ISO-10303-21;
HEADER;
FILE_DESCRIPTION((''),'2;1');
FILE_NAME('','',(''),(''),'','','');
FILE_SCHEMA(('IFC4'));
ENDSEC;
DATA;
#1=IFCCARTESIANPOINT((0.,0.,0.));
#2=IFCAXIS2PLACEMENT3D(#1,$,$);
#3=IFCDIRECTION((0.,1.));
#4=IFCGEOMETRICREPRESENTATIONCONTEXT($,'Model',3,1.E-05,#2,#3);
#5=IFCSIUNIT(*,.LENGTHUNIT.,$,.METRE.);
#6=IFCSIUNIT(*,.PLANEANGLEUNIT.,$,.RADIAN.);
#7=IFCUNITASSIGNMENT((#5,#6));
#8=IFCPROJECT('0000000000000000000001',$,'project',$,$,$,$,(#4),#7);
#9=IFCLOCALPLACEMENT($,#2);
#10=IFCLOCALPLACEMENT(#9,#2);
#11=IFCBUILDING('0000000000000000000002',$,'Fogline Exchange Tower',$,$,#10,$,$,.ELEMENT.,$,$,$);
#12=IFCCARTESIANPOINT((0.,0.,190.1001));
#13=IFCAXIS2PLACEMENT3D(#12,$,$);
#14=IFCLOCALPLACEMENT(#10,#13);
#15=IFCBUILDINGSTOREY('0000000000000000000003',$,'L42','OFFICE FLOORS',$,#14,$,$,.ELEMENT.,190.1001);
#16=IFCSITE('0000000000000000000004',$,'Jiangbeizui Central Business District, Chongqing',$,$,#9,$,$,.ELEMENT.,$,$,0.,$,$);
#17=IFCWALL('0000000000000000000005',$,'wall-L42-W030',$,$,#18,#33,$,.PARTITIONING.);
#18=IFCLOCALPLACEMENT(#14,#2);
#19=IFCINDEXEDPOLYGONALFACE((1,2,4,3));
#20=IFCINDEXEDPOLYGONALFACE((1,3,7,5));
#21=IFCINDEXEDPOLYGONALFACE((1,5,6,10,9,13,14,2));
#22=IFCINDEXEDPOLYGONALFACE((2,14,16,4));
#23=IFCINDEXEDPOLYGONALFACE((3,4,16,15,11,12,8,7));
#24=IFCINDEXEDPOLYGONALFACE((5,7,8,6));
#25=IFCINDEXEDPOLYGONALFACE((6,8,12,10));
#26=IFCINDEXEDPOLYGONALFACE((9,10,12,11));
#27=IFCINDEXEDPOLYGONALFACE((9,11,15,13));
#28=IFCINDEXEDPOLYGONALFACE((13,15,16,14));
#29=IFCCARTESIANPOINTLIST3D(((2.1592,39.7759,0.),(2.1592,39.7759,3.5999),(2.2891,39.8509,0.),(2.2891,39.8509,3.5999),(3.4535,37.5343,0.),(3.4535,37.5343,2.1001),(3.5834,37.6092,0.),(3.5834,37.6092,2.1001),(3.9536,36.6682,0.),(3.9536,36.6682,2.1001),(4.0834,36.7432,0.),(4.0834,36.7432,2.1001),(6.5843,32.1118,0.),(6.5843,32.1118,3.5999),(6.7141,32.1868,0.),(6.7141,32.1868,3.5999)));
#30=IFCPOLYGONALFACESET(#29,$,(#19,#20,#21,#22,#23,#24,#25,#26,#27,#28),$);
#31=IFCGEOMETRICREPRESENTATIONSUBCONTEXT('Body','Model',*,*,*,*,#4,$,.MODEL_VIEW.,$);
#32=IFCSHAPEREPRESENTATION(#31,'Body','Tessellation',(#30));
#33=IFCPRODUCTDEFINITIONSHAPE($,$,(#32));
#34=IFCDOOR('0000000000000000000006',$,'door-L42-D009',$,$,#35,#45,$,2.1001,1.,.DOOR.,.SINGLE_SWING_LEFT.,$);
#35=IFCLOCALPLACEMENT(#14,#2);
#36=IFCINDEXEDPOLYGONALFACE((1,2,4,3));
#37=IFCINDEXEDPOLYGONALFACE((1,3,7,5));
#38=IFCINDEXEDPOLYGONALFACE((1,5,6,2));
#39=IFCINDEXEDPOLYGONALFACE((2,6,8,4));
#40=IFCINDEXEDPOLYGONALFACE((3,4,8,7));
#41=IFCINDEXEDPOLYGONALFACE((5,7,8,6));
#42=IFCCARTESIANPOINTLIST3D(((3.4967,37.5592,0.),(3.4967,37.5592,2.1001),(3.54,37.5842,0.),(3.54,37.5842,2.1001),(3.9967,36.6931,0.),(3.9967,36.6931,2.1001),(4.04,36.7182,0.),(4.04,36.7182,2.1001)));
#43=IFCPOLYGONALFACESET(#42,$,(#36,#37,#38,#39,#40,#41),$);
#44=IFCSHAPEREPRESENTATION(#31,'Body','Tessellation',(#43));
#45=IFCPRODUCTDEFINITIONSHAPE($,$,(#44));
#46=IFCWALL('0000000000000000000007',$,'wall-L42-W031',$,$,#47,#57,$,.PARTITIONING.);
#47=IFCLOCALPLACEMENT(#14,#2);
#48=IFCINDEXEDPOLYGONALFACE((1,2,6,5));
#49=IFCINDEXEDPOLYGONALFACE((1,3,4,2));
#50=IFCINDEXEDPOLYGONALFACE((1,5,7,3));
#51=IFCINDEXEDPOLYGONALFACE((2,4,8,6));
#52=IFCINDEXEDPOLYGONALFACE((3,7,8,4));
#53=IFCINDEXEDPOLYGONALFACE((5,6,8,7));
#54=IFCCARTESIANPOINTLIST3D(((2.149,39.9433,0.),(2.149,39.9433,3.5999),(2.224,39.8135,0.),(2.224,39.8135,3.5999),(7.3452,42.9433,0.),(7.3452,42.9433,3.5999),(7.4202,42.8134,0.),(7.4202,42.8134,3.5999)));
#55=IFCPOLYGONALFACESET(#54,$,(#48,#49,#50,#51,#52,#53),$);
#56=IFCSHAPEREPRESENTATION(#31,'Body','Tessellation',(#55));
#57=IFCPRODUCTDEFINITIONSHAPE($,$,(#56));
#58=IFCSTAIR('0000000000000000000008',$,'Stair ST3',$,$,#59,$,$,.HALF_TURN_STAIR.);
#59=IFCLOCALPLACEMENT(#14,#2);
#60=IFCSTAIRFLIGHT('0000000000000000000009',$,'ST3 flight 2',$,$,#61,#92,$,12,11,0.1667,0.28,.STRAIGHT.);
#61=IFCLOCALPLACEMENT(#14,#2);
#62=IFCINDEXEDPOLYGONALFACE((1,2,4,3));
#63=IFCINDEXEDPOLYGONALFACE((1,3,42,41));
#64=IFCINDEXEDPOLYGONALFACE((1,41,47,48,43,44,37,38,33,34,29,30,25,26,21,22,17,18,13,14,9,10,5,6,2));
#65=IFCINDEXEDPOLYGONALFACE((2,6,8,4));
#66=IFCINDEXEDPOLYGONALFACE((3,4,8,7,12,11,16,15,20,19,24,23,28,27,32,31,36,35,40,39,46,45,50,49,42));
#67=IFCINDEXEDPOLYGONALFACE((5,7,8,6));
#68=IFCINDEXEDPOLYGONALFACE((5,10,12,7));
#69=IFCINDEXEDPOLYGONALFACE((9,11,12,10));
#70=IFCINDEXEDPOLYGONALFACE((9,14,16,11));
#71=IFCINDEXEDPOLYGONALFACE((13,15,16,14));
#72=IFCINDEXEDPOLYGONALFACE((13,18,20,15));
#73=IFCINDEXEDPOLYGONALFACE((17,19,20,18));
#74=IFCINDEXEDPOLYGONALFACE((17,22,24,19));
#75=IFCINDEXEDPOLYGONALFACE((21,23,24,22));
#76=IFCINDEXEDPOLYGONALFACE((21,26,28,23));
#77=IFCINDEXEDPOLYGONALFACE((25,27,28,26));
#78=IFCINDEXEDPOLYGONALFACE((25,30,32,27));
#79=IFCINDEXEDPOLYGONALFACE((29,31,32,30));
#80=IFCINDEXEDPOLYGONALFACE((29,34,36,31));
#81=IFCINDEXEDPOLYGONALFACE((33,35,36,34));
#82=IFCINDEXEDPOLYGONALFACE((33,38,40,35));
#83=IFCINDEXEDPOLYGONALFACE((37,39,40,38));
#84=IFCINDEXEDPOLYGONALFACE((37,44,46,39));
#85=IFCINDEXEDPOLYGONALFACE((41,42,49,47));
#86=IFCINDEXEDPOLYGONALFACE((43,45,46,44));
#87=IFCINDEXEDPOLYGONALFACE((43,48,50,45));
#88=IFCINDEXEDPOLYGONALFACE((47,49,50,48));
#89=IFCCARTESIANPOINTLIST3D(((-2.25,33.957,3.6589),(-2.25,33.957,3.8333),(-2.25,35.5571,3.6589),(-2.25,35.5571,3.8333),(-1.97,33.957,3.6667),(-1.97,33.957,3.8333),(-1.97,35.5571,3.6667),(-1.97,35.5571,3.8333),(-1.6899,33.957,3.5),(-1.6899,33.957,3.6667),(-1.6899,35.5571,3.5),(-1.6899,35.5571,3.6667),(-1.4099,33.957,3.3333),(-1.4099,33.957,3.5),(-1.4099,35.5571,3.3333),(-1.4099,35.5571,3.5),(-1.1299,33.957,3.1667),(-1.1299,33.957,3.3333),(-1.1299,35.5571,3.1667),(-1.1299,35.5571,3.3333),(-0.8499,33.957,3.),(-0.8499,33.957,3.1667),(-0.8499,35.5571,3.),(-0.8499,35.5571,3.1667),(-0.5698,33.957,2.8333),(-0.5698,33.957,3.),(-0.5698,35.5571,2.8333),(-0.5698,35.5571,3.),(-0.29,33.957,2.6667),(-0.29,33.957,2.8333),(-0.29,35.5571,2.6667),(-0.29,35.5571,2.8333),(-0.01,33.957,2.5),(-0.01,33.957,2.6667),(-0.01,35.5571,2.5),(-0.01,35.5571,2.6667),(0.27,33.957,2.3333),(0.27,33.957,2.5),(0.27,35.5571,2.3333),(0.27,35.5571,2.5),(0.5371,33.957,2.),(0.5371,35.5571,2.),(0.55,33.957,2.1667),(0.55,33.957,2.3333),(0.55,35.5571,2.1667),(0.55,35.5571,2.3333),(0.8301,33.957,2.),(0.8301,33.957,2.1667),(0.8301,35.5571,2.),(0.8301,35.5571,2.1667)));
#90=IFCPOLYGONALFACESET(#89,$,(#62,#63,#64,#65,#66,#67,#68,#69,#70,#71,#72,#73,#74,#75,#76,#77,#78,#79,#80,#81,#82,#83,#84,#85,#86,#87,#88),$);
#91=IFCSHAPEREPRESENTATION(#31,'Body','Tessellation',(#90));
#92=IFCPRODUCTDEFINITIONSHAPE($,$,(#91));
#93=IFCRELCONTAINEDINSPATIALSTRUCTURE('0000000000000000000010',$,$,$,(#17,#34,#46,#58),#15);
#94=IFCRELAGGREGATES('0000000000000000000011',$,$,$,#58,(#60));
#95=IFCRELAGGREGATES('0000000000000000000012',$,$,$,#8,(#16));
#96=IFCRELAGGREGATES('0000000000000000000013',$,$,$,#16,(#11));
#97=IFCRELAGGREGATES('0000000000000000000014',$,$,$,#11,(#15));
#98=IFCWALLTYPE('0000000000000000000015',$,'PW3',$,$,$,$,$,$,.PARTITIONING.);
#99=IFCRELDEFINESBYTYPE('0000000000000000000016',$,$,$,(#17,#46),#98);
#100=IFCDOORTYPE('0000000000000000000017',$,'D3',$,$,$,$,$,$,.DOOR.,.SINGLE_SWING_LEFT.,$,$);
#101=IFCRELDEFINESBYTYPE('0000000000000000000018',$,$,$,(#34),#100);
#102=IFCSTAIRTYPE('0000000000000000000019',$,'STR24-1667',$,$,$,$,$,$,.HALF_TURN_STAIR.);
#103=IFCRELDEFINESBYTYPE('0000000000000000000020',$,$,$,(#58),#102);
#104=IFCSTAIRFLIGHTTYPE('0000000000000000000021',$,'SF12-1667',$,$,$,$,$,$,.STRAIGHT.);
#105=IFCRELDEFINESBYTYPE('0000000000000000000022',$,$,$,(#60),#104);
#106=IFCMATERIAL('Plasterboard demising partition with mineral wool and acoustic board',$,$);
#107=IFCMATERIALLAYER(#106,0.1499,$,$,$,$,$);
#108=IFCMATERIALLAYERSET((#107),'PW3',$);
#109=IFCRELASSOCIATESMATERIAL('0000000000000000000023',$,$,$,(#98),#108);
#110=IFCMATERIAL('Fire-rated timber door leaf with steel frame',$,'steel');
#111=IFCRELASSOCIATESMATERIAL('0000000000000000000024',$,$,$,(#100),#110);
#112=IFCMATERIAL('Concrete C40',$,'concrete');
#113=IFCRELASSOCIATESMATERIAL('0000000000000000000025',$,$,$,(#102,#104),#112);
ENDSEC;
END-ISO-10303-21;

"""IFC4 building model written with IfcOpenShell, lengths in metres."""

from ifc_helpers import new_model, si_unit, direction, frame, frame_2d, origin, place, context, subcontext, project, spatial, polyline, rectangle, outline, extrude, material, layer, layer_set, type_object, element, fill, aggregate, save


model = new_model("IFC4")

# Units and contexts
model_context = context("Model", 3, precision=1e-05, world=origin(), true_north=direction((0.0, 1.0)))
body_context = subcontext(model_context, "Body", "Model", "MODEL_VIEW")
ifc_project = project(units=[si_unit("LENGTHUNIT", "METRE"), si_unit("PLANEANGLEUNIT", "RADIAN")], contexts=[model_context])

# Site, building, storey
site_placement = place(None, origin())
site = spatial("IfcSite", under=ifc_project, at=site_placement, Name="Jiangbeizui Central Business District, Chongqing", CompositionType="ELEMENT", RefElevation=0.0)
building_placement = place(site_placement, origin())
building = spatial("IfcBuilding", under=site, at=building_placement, Name="Fogline Exchange Tower", CompositionType="ELEMENT")
storey_placement = place(building_placement, frame((0.0, 0.0, 190.1001)))
storey = spatial("IfcBuildingStorey", under=building, at=storey_placement, Name="L42", Description="OFFICE FLOORS", CompositionType="ELEMENT", Elevation=190.1001)

# Shared definitions
ifc_material_1 = material(Name="Concrete C40", Category="concrete")

# Shared definitions
ifc_material_2 = material(Name="Plasterboard demising partition with mineral wool and acoustic board")
ifc_layer_1 = layer(ifc_material_2, 0.1499)
ifc_layer_set_1 = layer_set([ifc_layer_1], Name="PW3")
wall_type_1 = type_object("IfcWallType", Name="PW3", PredefinedType="PARTITIONING", material=ifc_layer_set_1)

# Shared definitions
ifc_material_3 = material(Name="Fire-rated timber door leaf with steel frame", Category="steel")
door_type_1 = type_object("IfcDoorType", Name="D3", OperationType="SINGLE_SWING_LEFT", PredefinedType="DOOR", material=ifc_material_3)

# Wall, opening, door
wall_1_placement = place(storey_placement, frame((6.6492, 32.1494, 0.0), z_axis=(0.0, 0.0, 1.0), x_axis=(-0.500017, 0.866016, 0.0)))
wall_1 = element("IfcWall", 1, at=wall_1_placement, inside=storey, type_object=wall_type_1, Name="wall-L42-W030", PredefinedType="PARTITIONING", context=body_context, shape_type="SweptSolid", body=[
    extrude(rectangle(XDim=8.8499, YDim=0.1499, at=frame_2d((4.4248, 0.0))), origin(), (0.0, 0.0, 1.0), 3.5999),
])
opening_1_placement = place(wall_1_placement, frame((5.2612, 0.0, 0.0)))
opening_1 = element("IfcOpeningElement", 2, at=opening_1_placement, cuts=wall_1, PredefinedType="OPENING", context=body_context, shape_type="SweptSolid", body=[
    extrude(rectangle(XDim=1.0, YDim=2.1001, at=frame_2d((0.5, 1.05))), frame((0.0, 0.085, 0.0), z_axis=(0.0, -1.0, 0.0), x_axis=(1.0, 0.0, 0.0)), (0.0, 0.0, 1.0), 0.1699),
])
door_1_placement = place(opening_1_placement, frame((1.0, 0.0, 0.0), z_axis=(0.0, 0.0, 1.0), x_axis=(-1.0, 0.0, 0.0)))
door_1 = element("IfcDoor", 3, at=door_1_placement, inside=storey, type_object=door_type_1, Name="door-L42-D009", OperationType="SINGLE_SWING_LEFT", OverallHeight=2.1001, OverallWidth=1.0, PredefinedType="DOOR", context=body_context, shape_type="SweptSolid", body=[
    extrude(rectangle(XDim=1.0, YDim=2.1001, at=frame_2d((0.5, 1.05))), frame((0.0, 0.0249, 0.0), z_axis=(0.0, -1.0, 0.0), x_axis=(1.0, 0.0, 0.0)), (0.0, 0.0, 1.0), 0.05),
])
fill(opening_1, door_1)

# Wall
wall_2_placement = place(storey_placement, frame((2.1865, 39.8784, 0.0), z_axis=(0.0, 0.0, 1.0), x_axis=(0.866031, 0.49999, 0.0)))
element("IfcWall", 4, at=wall_2_placement, inside=storey, type_object=wall_type_1, Name="wall-L42-W031", PredefinedType="PARTITIONING", context=body_context, shape_type="SweptSolid", body=[
    extrude(rectangle(XDim=6.0, YDim=0.1499, at=frame_2d((3.0, 0.0))), origin(), (0.0, 0.0, 1.0), 3.5999),
])

# Stair, stair flight
stair_type = type_object("IfcStairType", Name="STR24-1667", PredefinedType="HALF_TURN_STAIR", material=ifc_material_1)
stair_placement = place(storey_placement, origin())
stair = element("IfcStair", 5, at=stair_placement, inside=storey, type_object=stair_type, Name="Stair ST3", PredefinedType="HALF_TURN_STAIR")
stair_flight_type = type_object("IfcStairFlightType", Name="SF12-1667", PredefinedType="STRAIGHT", material=ifc_material_1)
stair_flight_placement = place(storey_placement, frame((0.8301, 34.7571, 2.0), z_axis=(0.0, 0.0, 1.0), x_axis=(-1.0, 0.0, 0.0)))
stair_flight = element("IfcStairFlight", 6, at=stair_flight_placement, type_object=stair_flight_type, Name="ST3 flight 2", NumberOfRisers=12, NumberOfTreads=11, PredefinedType="STRAIGHT", RiserHeight=0.1667, TreadLength=0.28, context=body_context, shape_type="SweptSolid", body=[
    extrude(outline(polyline([(0.0, 0.0), (0.0, 0.1667), (0.28, 0.1667), (0.28, 0.3333), (0.5601, 0.3333), (0.5601, 0.5), (0.8401, 0.5), (0.8401, 0.6667), (1.1201, 0.6667), (1.1201, 0.8333), (1.3999, 0.8333), (1.3999, 1.0), (1.6799, 1.0), (1.6799, 1.1667), (1.96, 1.1667), (1.96, 1.3333), (2.24, 1.3333), (2.24, 1.5), (2.52, 1.5), (2.52, 1.6667), (2.8, 1.6667), (2.8, 1.8333), (3.0801, 1.8333), (3.0801, 2.0), (3.0801, 1.6589), (0.293, 0.0), (0.0, 0.0)])), frame((0.0, 0.8, 0.0), z_axis=(0.0, -1.0, 0.0), x_axis=(1.0, 0.0, 0.0)), (0.0, 0.0, 1.0), 1.6001),
])
aggregate(stair, [stair_flight])

save(model, "model.ifc")
